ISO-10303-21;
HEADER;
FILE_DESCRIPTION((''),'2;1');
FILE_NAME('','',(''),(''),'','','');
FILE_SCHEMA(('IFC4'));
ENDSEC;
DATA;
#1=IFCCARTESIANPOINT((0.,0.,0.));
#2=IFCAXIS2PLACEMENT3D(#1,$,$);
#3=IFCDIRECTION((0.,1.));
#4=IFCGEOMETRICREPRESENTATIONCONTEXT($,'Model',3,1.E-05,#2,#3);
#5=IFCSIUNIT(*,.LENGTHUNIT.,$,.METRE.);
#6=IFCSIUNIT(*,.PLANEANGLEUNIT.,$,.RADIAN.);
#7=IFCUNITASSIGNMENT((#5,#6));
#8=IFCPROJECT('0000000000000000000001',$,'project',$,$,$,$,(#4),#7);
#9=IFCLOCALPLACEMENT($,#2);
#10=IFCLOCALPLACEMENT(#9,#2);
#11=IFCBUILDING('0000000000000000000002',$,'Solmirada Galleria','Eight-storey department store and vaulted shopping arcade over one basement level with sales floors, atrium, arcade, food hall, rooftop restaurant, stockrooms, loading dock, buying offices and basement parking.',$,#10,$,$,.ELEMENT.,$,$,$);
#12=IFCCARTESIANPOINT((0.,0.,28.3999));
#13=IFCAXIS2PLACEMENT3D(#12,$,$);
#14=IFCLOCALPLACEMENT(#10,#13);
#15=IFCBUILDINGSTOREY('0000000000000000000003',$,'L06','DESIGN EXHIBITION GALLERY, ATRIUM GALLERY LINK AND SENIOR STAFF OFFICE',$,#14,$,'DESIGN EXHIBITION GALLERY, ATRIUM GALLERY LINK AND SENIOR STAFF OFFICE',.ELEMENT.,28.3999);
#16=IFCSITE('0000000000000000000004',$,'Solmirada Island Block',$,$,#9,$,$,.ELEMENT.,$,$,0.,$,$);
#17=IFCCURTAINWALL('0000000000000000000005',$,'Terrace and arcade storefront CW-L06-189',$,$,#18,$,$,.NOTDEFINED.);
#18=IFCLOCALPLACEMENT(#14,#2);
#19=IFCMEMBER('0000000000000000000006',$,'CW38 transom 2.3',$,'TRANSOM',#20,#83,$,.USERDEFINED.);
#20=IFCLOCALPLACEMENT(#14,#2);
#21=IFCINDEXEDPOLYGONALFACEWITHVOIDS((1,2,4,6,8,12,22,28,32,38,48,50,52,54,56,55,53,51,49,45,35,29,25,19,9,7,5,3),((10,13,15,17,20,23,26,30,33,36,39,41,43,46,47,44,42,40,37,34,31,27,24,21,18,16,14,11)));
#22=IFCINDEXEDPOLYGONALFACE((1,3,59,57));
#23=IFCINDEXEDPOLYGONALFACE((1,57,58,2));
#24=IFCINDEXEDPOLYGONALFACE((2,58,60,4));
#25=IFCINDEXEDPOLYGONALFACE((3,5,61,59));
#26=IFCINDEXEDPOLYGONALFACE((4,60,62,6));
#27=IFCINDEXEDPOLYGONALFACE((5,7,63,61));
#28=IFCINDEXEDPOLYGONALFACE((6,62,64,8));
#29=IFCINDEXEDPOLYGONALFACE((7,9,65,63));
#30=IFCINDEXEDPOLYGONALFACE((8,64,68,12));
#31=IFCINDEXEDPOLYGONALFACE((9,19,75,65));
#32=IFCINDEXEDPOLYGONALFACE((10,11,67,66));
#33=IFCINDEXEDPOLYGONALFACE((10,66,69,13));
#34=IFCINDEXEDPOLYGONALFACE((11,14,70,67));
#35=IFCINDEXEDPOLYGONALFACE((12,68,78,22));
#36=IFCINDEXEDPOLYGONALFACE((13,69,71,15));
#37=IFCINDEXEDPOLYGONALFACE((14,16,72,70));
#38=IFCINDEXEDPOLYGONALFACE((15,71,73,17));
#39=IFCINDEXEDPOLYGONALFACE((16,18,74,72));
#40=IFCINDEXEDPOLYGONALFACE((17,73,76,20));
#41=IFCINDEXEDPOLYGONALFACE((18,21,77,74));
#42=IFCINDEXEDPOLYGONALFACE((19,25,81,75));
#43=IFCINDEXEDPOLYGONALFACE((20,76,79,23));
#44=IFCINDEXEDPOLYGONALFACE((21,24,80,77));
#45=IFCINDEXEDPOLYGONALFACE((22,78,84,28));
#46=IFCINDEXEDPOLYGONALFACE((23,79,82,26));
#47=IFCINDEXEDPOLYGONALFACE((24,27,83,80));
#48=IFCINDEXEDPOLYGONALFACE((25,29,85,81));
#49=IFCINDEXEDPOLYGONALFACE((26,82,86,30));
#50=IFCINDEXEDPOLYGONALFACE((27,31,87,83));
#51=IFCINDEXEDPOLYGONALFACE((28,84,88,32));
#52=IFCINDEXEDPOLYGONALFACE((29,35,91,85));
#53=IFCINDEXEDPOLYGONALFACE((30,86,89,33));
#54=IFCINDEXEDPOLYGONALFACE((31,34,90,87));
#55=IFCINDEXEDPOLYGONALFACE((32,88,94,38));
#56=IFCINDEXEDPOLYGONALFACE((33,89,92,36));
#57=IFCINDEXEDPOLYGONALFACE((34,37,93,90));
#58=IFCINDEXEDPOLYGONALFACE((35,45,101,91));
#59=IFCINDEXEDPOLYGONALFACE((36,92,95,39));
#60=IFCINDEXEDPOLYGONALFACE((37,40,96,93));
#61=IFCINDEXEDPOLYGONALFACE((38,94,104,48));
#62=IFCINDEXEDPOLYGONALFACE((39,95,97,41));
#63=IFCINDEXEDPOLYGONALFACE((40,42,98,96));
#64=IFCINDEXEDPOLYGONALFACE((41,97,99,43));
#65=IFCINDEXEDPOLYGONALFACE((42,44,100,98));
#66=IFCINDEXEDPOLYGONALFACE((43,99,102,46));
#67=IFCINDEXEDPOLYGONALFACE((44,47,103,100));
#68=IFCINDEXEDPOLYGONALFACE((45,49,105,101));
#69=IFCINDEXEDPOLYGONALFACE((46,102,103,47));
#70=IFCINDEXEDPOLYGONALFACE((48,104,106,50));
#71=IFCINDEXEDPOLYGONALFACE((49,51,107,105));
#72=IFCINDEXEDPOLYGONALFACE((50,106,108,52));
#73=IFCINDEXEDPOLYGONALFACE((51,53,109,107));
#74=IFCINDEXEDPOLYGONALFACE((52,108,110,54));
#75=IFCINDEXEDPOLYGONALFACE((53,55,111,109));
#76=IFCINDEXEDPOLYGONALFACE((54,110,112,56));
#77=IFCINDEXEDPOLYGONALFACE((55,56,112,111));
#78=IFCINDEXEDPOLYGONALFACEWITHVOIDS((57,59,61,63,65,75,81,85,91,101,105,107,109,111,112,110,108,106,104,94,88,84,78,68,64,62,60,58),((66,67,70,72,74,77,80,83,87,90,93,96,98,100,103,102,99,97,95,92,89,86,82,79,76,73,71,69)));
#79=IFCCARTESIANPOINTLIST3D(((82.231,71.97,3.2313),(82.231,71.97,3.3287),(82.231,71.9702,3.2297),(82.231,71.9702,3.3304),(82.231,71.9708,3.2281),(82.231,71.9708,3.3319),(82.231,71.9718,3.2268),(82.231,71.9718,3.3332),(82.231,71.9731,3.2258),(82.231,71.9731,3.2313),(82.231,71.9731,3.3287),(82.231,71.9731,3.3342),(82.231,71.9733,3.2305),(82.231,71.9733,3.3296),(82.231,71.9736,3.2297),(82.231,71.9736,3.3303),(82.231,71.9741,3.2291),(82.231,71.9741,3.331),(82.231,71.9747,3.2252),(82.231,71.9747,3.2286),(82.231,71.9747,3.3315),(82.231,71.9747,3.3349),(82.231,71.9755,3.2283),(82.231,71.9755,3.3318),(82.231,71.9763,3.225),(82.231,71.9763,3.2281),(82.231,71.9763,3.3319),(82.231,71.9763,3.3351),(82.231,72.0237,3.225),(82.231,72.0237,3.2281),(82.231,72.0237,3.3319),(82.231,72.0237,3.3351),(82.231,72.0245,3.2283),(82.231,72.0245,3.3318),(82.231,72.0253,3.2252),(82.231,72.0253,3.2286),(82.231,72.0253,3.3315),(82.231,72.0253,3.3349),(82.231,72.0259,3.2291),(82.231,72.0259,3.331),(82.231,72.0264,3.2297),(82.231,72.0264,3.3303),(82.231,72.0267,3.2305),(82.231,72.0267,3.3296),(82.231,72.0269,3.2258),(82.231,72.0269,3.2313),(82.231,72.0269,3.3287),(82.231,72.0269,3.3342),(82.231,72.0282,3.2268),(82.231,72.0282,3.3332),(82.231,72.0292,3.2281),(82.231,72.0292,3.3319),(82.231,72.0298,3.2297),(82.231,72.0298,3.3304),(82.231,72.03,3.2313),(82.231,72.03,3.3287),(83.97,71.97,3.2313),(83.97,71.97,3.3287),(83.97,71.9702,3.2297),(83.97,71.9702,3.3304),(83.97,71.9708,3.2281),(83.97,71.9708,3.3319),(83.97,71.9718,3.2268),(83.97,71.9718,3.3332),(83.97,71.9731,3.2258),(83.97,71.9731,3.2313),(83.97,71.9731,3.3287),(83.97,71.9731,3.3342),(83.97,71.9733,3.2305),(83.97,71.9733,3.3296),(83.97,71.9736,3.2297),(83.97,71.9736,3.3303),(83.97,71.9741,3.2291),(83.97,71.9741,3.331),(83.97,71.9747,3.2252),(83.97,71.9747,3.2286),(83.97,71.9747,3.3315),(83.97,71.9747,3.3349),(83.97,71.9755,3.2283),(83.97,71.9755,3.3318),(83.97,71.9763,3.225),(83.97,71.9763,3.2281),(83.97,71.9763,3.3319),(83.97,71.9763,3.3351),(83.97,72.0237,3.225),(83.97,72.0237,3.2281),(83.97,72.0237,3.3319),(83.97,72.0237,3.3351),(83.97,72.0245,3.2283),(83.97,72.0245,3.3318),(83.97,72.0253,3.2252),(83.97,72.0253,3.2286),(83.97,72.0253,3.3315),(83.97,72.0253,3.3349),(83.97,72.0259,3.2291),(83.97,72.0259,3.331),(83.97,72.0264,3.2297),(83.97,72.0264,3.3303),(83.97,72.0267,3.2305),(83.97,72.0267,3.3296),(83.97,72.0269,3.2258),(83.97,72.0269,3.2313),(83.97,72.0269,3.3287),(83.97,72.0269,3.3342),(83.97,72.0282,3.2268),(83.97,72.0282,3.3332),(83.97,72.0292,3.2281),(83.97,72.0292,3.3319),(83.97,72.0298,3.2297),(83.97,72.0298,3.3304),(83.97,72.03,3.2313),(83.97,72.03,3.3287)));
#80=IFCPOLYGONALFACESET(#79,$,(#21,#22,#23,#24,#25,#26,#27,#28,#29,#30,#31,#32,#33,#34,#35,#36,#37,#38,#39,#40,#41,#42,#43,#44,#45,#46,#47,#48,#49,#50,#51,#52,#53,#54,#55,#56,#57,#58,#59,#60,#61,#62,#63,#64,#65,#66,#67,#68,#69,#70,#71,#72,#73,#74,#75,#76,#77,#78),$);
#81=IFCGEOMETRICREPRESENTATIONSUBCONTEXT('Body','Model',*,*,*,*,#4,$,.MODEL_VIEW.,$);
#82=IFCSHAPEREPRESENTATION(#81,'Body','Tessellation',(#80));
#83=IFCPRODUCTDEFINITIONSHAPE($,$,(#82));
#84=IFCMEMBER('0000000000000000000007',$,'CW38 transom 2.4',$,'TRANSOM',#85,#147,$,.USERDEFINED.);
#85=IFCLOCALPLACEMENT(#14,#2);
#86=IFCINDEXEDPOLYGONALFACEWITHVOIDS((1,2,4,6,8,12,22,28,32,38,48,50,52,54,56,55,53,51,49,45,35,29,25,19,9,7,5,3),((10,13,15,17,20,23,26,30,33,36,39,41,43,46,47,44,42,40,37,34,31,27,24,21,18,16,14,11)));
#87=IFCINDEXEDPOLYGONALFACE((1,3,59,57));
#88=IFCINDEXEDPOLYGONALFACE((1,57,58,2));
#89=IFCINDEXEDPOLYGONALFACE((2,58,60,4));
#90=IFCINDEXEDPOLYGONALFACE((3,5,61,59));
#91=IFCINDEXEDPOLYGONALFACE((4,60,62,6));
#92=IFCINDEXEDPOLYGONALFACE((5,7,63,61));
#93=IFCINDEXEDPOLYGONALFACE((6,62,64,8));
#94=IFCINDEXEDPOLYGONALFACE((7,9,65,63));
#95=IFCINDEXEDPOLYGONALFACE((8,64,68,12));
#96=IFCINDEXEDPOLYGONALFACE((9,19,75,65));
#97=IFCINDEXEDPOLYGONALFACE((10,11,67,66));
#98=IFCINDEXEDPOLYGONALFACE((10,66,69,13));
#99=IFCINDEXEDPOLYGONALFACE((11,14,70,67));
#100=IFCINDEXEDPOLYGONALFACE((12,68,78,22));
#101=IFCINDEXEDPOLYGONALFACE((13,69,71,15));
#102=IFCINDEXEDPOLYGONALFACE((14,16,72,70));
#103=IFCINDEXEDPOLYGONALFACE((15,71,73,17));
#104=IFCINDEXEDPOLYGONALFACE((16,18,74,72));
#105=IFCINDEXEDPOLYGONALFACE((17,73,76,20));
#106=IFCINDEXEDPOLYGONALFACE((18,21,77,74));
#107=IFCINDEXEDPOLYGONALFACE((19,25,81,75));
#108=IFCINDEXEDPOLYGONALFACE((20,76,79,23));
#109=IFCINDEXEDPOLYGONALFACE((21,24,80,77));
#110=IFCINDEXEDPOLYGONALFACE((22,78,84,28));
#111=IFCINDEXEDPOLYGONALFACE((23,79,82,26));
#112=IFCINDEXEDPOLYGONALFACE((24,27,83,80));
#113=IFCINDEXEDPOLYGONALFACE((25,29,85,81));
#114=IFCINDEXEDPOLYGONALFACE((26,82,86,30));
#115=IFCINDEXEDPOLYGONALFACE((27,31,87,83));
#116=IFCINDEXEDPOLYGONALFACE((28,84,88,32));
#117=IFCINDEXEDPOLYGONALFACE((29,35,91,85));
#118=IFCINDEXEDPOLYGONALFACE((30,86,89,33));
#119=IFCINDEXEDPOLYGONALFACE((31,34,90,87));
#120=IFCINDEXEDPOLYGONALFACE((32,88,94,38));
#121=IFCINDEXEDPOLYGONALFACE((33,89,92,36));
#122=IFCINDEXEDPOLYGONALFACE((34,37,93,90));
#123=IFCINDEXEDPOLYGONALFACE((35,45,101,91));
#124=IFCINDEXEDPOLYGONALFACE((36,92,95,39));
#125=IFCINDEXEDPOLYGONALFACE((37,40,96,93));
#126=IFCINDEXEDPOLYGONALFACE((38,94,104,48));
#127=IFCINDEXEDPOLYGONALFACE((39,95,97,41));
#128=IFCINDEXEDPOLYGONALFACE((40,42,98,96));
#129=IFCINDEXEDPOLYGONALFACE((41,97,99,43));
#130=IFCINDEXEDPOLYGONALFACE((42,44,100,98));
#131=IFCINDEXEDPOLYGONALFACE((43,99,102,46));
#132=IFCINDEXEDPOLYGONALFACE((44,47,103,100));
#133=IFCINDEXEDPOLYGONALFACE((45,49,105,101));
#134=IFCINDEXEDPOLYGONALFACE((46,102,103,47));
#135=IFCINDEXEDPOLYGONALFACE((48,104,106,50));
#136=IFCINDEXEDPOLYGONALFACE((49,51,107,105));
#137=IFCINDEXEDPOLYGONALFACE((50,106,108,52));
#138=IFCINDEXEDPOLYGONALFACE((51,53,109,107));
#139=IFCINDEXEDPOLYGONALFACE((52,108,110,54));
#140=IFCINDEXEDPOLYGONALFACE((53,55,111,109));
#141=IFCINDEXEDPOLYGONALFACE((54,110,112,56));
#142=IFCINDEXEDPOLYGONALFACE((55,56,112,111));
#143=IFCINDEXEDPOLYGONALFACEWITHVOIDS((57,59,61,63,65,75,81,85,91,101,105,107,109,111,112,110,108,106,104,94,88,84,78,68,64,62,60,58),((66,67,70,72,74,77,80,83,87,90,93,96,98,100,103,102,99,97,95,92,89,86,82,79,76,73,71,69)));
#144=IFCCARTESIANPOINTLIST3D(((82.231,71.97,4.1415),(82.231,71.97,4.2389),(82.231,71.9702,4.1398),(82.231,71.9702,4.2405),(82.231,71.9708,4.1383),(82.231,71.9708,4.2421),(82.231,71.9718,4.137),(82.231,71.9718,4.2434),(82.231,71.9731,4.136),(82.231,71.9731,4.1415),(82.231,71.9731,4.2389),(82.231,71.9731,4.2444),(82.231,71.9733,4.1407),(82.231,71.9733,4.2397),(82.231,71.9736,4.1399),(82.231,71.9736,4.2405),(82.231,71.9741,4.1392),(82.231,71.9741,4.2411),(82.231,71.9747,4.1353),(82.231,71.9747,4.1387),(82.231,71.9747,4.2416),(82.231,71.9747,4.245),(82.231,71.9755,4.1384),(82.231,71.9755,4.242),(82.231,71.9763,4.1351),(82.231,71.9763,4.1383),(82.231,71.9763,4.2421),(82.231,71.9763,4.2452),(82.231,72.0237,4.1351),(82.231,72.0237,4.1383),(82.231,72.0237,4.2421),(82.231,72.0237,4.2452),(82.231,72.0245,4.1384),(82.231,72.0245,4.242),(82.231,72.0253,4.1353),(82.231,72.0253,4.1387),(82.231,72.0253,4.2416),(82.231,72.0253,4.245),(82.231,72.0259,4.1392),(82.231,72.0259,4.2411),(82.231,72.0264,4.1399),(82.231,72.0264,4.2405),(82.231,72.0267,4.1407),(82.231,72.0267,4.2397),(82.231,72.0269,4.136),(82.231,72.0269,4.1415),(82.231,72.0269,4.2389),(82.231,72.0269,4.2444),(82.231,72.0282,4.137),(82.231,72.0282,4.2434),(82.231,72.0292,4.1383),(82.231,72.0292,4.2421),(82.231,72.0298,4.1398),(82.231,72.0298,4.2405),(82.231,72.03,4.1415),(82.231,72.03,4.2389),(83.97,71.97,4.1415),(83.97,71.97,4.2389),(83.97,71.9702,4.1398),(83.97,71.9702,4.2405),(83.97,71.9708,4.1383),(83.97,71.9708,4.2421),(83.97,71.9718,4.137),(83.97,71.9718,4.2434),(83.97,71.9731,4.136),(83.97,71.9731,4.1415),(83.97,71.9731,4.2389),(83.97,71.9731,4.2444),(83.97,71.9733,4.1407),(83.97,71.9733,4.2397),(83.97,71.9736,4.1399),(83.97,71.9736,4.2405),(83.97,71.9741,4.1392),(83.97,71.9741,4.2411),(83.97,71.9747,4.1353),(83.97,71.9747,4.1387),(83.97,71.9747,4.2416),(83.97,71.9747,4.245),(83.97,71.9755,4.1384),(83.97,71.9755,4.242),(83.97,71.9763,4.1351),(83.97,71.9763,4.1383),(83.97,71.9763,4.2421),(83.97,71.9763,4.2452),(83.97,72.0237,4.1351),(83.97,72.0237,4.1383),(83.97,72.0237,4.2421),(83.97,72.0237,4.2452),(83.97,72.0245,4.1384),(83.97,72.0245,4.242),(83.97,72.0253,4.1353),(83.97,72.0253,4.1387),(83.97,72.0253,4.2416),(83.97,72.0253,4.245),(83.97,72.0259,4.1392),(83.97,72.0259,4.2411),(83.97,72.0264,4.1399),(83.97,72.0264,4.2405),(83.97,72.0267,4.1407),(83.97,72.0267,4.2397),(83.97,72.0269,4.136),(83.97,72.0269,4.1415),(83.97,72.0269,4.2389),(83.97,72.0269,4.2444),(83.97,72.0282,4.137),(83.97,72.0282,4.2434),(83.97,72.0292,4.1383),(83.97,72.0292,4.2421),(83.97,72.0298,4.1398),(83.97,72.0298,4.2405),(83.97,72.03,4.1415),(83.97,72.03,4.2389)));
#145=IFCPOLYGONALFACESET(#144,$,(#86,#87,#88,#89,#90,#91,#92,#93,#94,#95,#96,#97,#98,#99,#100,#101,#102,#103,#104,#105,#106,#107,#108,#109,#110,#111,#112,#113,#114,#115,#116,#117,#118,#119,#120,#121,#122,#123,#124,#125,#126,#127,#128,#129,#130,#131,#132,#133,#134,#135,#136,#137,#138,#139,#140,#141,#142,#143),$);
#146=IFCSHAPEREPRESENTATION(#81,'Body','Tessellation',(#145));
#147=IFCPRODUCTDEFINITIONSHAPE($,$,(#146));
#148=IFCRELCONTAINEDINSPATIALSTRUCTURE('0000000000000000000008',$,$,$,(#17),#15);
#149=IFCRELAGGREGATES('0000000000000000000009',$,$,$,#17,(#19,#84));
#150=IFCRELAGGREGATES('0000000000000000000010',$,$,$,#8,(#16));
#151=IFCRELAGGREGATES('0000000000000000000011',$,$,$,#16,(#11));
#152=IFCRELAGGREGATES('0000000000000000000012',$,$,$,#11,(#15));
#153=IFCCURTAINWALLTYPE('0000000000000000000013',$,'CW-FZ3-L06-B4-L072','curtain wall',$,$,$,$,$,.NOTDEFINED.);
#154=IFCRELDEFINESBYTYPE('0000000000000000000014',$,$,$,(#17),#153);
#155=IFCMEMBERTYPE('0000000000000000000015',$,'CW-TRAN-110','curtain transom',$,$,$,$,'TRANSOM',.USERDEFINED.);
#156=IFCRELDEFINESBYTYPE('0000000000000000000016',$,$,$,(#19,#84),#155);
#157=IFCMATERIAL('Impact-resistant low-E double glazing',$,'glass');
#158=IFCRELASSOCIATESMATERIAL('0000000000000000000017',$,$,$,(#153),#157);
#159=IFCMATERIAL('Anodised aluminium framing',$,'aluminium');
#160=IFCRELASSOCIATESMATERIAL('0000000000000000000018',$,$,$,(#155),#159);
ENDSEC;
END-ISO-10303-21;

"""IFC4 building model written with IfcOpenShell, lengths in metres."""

from ifc_helpers import new_model, si_unit, direction, frame, origin, origin_2d, place, context, subcontext, project, spatial, hollow_rectangle, extrude, material, material_profile, profile_set, type_object, element, aggregate, save


model = new_model("IFC4")

# Units and contexts
model_context = context("Model", 3, precision=1e-05, world=origin(), true_north=direction((0.0, 1.0)))
body_context = subcontext(model_context, "Body", "Model", "MODEL_VIEW")
ifc_project = project(units=[si_unit("LENGTHUNIT", "METRE"), si_unit("PLANEANGLEUNIT", "RADIAN")], contexts=[model_context])

# Site, building, storey
site_placement = place(None, origin())
site = spatial("IfcSite", under=ifc_project, at=site_placement, Name="Solmirada Island Block", CompositionType="ELEMENT", RefElevation=0.0)
building_placement = place(site_placement, origin())
building = spatial("IfcBuilding", under=site, at=building_placement, Name="Solmirada Galleria", Description="Eight-storey department store and vaulted shopping arcade over one basement level with sales floors, atrium, arcade, food hall, rooftop restaurant, stockrooms, loading dock, buying offices and basement parking.", CompositionType="ELEMENT")
storey_placement = place(building_placement, frame((0.0, 0.0, 28.3999)))
storey = spatial("IfcBuildingStorey", under=building, at=storey_placement, Name="L06", Description="DESIGN EXHIBITION GALLERY, ATRIUM GALLERY LINK AND SENIOR STAFF OFFICE", LongName="DESIGN EXHIBITION GALLERY, ATRIUM GALLERY LINK AND SENIOR STAFF OFFICE", CompositionType="ELEMENT", Elevation=28.3999)

# Curtain wall, members
ifc_material_1 = material(Name="Impact-resistant low-E double glazing", Category="glass")
curtain_wall_type = type_object("IfcCurtainWallType", Name="CW-FZ3-L06-B4-L072", Description="curtain wall", PredefinedType="NOTDEFINED", material=ifc_material_1)
curtain_wall_placement = place(storey_placement, origin())
curtain_wall = element("IfcCurtainWall", 1, at=curtain_wall_placement, inside=storey, type_object=curtain_wall_type, Name="Terrace and arcade storefront CW-L06-189", PredefinedType="NOTDEFINED")
ifc_material_2 = material(Name="Anodised aluminium framing", Category="aluminium")
ifc_material_profile_1 = material_profile(ifc_material_2, hollow_rectangle(XDim=0.0601, YDim=0.1101, WallThickness=0.0032, InnerFilletRadius=0.0032, OuterFilletRadius=0.0063, at=origin_2d()), Name="ALU-TRAN-110X60")
ifc_profile_set_1 = profile_set([ifc_material_profile_1], Name="Anodised aluminium framing")
member_type_1 = type_object("IfcMemberType", Name="CW-TRAN-110", Description="curtain transom", ElementType="TRANSOM", PredefinedType="USERDEFINED", material=ifc_profile_set_1)
member_1_placement = place(storey_placement, frame((82.231, 72.0, 3.28), z_axis=(1.0, 0.0, 0.0), x_axis=(0.0, 1.0, 0.0)))
member_1 = element("IfcMember", 2, at=member_1_placement, type_object=member_type_1, Name="CW38 transom 2.3", ObjectType="TRANSOM", PredefinedType="USERDEFINED", context=body_context, shape_type="SweptSolid", body=[
    extrude(hollow_rectangle(XDim=0.0601, YDim=0.1101, WallThickness=0.0032, InnerFilletRadius=0.0032, OuterFilletRadius=0.0063, at=origin_2d()), origin(), (0.0, 0.0, 1.0), 1.739),
])
member_2_placement = place(storey_placement, frame((82.231, 72.0, 4.1902), z_axis=(1.0, 0.0, 0.0), x_axis=(0.0, 1.0, 0.0)))
member_2 = element("IfcMember", 3, at=member_2_placement, type_object=member_type_1, Name="CW38 transom 2.4", ObjectType="TRANSOM", PredefinedType="USERDEFINED", context=body_context, shape_type="SweptSolid", body=[
    extrude(hollow_rectangle(XDim=0.0601, YDim=0.1101, WallThickness=0.0032, InnerFilletRadius=0.0032, OuterFilletRadius=0.0063, at=origin_2d()), origin(), (0.0, 0.0, 1.0), 1.739),
])
aggregate(curtain_wall, [member_1, member_2])

save(model, "model.ifc")
